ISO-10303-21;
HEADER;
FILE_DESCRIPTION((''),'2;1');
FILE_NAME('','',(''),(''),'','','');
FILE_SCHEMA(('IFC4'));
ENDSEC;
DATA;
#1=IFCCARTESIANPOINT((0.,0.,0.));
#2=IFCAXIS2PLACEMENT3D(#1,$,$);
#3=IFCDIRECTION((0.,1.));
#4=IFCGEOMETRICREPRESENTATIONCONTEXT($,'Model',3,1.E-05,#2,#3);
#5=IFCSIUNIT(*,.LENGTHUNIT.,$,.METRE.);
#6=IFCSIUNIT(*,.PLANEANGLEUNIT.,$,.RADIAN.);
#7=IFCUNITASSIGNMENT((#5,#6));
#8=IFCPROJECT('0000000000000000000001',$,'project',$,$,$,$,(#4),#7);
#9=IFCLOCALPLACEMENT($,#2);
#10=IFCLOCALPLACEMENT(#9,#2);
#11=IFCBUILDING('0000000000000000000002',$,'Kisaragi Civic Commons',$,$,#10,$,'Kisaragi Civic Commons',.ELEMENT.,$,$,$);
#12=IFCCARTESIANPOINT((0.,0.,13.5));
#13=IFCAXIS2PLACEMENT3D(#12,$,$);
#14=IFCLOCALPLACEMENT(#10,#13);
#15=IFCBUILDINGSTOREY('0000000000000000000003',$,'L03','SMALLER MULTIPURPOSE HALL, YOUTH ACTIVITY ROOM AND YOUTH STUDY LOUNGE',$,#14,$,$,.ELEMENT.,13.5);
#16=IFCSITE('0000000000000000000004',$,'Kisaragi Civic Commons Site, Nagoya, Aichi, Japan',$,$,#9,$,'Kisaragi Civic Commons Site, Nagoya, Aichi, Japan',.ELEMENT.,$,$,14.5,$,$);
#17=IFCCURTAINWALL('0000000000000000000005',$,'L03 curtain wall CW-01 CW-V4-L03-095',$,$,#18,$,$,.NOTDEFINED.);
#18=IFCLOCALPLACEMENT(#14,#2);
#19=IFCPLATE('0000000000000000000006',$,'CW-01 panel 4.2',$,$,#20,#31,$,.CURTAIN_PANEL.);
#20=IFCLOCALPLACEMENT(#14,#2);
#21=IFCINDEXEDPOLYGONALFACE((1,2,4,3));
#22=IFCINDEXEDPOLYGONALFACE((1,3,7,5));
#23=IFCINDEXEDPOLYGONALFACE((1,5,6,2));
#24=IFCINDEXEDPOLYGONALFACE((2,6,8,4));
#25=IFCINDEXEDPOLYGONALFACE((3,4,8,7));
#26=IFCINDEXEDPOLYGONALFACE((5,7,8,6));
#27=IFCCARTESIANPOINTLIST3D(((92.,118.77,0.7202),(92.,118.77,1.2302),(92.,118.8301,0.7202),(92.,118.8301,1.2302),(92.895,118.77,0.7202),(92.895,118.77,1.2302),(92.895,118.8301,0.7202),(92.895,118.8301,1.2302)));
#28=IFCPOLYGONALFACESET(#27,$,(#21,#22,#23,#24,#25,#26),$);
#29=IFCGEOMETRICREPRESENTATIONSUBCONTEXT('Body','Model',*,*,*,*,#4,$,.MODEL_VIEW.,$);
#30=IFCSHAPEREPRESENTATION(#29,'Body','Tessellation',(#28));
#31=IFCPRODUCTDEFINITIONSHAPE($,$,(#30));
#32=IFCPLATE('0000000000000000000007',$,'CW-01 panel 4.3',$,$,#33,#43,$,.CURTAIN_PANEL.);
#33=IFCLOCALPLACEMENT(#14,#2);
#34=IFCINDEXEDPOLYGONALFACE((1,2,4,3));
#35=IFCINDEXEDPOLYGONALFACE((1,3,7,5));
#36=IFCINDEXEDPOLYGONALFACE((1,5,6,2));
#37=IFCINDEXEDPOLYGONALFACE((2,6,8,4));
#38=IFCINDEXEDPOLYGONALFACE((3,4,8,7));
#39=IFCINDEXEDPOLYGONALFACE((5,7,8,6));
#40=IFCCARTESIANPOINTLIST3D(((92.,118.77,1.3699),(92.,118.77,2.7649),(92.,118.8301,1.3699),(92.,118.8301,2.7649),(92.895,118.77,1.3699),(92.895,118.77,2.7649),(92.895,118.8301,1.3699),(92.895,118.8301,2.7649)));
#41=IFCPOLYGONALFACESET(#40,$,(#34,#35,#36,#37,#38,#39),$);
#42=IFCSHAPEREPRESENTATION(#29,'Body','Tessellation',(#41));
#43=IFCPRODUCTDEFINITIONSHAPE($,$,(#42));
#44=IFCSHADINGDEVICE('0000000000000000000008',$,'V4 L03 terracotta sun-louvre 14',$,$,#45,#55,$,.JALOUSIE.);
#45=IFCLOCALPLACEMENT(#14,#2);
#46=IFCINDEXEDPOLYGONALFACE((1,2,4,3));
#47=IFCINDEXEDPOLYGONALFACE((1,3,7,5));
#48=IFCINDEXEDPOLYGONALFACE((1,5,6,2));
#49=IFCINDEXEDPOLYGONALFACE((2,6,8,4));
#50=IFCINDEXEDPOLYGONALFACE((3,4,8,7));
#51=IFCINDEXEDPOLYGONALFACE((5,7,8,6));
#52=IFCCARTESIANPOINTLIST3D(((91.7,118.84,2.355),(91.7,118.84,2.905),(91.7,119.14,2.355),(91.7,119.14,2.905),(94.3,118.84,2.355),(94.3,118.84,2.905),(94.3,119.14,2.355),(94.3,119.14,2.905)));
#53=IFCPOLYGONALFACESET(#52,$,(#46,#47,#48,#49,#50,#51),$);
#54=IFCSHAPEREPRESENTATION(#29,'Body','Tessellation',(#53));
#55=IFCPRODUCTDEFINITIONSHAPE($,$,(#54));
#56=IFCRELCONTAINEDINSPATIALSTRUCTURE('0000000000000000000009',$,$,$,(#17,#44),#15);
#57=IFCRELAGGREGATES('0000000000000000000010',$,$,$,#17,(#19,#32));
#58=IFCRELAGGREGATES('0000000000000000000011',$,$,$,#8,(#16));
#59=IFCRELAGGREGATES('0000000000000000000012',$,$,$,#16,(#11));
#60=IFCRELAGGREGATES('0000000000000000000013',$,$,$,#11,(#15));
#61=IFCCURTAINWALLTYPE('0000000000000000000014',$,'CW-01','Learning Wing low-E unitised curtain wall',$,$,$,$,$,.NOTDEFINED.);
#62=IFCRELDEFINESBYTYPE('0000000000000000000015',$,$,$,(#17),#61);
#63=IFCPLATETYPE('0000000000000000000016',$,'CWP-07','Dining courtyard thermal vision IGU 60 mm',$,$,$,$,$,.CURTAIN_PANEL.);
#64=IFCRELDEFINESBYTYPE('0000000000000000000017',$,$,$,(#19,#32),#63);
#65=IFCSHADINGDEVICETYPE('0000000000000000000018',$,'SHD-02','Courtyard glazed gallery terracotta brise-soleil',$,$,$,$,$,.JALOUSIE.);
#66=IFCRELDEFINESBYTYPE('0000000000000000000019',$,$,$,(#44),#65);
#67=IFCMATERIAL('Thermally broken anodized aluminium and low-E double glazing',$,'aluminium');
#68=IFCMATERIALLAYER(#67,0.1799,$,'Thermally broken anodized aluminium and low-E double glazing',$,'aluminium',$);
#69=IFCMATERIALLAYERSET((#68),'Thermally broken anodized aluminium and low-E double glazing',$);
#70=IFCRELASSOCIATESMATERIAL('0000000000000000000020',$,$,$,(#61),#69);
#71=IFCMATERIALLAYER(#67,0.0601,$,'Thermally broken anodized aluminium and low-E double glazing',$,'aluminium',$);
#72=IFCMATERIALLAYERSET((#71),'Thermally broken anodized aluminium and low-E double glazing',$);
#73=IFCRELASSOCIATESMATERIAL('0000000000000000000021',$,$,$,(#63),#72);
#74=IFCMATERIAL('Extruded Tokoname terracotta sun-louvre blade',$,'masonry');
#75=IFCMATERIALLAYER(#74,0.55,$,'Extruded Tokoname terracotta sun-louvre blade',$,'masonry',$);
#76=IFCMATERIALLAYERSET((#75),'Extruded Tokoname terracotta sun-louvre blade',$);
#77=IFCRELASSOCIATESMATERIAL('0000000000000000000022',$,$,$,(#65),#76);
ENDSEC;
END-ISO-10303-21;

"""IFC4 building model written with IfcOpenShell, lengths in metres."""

from ifc_helpers import new_model, si_unit, direction, frame, origin, origin_2d, place, context, subcontext, project, spatial, rectangle, extrude, material, layer, layer_set, type_object, element, aggregate, save


model = new_model("IFC4")

# Units and contexts
model_context = context("Model", 3, precision=1e-05, world=origin(), true_north=direction((0.0, 1.0)))
body_context = subcontext(model_context, "Body", "Model", "MODEL_VIEW")
ifc_project = project(units=[si_unit("LENGTHUNIT", "METRE"), si_unit("PLANEANGLEUNIT", "RADIAN")], contexts=[model_context])

# Site, building, storey
site_placement = place(None, origin())
site = spatial("IfcSite", under=ifc_project, at=site_placement, Name="Kisaragi Civic Commons Site, Nagoya, Aichi, Japan", LongName="Kisaragi Civic Commons Site, Nagoya, Aichi, Japan", CompositionType="ELEMENT", RefElevation=14.5)
building_placement = place(site_placement, origin())
building = spatial("IfcBuilding", under=site, at=building_placement, Name="Kisaragi Civic Commons", LongName="Kisaragi Civic Commons", CompositionType="ELEMENT")
storey_placement = place(building_placement, frame((0.0, 0.0, 13.5)))
storey = spatial("IfcBuildingStorey", under=building, at=storey_placement, Name="L03", Description="SMALLER MULTIPURPOSE HALL, YOUTH ACTIVITY ROOM AND YOUTH STUDY LOUNGE", CompositionType="ELEMENT", Elevation=13.5)

# Curtain wall
ifc_material_1 = material(Name="Thermally broken anodized aluminium and low-E double glazing", Category="aluminium")
ifc_layer_1 = layer(ifc_material_1, 0.1799, Name="Thermally broken anodized aluminium and low-E double glazing", Category="aluminium")
ifc_layer_set_1 = layer_set([ifc_layer_1], Name="Thermally broken anodized aluminium and low-E double glazing")
curtain_wall_type = type_object("IfcCurtainWallType", Name="CW-01", Description="Learning Wing low-E unitised curtain wall", PredefinedType="NOTDEFINED", material=ifc_layer_set_1)
curtain_wall_1_placement = place(storey_placement, origin())
curtain_wall_1 = element("IfcCurtainWall", 1, at=curtain_wall_1_placement, inside=storey, type_object=curtain_wall_type, Name="L03 curtain wall CW-01 CW-V4-L03-095", PredefinedType="NOTDEFINED")

# Plates
ifc_layer_2 = layer(ifc_material_1, 0.0601, Name="Thermally broken anodized aluminium and low-E double glazing", Category="aluminium")
ifc_layer_set_2 = layer_set([ifc_layer_2], Name="Thermally broken anodized aluminium and low-E double glazing")
plate_type = type_object("IfcPlateType", Name="CWP-07", Description="Dining courtyard thermal vision IGU 60 mm", PredefinedType="CURTAIN_PANEL", material=ifc_layer_set_2)
plate_1_placement = place(storey_placement, frame((92.4475, 118.8, 0.7202), z_axis=(0.0, 0.0, 1.0), x_axis=(1.0, 0.0, 0.0)))
plate_1 = element("IfcPlate", 2, at=plate_1_placement, type_object=plate_type, Name="CW-01 panel 4.2", PredefinedType="CURTAIN_PANEL", context=body_context, shape_type="SweptSolid", body=[
    extrude(rectangle(XDim=0.895, YDim=0.0601, at=origin_2d()), origin(), (0.0, 0.0, 1.0), 0.51),
])
plate_2_placement = place(storey_placement, frame((92.4475, 118.8, 1.3699), z_axis=(0.0, 0.0, 1.0), x_axis=(1.0, 0.0, 0.0)))
plate_2 = element("IfcPlate", 3, at=plate_2_placement, type_object=plate_type, Name="CW-01 panel 4.3", PredefinedType="CURTAIN_PANEL", context=body_context, shape_type="SweptSolid", body=[
    extrude(rectangle(XDim=0.895, YDim=0.0601, at=origin_2d()), origin(), (0.0, 0.0, 1.0), 1.395),
])
aggregate(curtain_wall_1, [plate_1, plate_2])

# Shading device
ifc_material_2 = material(Name="Extruded Tokoname terracotta sun-louvre blade", Category="masonry")
ifc_layer_3 = layer(ifc_material_2, 0.55, Name="Extruded Tokoname terracotta sun-louvre blade", Category="masonry")
ifc_layer_set_3 = layer_set([ifc_layer_3], Name="Extruded Tokoname terracotta sun-louvre blade")
shading_device_type = type_object("IfcShadingDeviceType", Name="SHD-02", Description="Courtyard glazed gallery terracotta brise-soleil", PredefinedType="JALOUSIE", material=ifc_layer_set_3)
shading_device_placement = place(storey_placement, frame((93.0, 118.99, 2.355), z_axis=(0.0, 0.0, 1.0), x_axis=(1.0, 0.0, 0.0)))
element("IfcShadingDevice", 4, at=shading_device_placement, inside=storey, type_object=shading_device_type, Name="V4 L03 terracotta sun-louvre 14", PredefinedType="JALOUSIE", context=body_context, shape_type="SweptSolid", body=[
    extrude(rectangle(XDim=2.6001, YDim=0.3, at=origin_2d()), origin(), (0.0, 0.0, 1.0), 0.55),
])

save(model, "model.ifc")
